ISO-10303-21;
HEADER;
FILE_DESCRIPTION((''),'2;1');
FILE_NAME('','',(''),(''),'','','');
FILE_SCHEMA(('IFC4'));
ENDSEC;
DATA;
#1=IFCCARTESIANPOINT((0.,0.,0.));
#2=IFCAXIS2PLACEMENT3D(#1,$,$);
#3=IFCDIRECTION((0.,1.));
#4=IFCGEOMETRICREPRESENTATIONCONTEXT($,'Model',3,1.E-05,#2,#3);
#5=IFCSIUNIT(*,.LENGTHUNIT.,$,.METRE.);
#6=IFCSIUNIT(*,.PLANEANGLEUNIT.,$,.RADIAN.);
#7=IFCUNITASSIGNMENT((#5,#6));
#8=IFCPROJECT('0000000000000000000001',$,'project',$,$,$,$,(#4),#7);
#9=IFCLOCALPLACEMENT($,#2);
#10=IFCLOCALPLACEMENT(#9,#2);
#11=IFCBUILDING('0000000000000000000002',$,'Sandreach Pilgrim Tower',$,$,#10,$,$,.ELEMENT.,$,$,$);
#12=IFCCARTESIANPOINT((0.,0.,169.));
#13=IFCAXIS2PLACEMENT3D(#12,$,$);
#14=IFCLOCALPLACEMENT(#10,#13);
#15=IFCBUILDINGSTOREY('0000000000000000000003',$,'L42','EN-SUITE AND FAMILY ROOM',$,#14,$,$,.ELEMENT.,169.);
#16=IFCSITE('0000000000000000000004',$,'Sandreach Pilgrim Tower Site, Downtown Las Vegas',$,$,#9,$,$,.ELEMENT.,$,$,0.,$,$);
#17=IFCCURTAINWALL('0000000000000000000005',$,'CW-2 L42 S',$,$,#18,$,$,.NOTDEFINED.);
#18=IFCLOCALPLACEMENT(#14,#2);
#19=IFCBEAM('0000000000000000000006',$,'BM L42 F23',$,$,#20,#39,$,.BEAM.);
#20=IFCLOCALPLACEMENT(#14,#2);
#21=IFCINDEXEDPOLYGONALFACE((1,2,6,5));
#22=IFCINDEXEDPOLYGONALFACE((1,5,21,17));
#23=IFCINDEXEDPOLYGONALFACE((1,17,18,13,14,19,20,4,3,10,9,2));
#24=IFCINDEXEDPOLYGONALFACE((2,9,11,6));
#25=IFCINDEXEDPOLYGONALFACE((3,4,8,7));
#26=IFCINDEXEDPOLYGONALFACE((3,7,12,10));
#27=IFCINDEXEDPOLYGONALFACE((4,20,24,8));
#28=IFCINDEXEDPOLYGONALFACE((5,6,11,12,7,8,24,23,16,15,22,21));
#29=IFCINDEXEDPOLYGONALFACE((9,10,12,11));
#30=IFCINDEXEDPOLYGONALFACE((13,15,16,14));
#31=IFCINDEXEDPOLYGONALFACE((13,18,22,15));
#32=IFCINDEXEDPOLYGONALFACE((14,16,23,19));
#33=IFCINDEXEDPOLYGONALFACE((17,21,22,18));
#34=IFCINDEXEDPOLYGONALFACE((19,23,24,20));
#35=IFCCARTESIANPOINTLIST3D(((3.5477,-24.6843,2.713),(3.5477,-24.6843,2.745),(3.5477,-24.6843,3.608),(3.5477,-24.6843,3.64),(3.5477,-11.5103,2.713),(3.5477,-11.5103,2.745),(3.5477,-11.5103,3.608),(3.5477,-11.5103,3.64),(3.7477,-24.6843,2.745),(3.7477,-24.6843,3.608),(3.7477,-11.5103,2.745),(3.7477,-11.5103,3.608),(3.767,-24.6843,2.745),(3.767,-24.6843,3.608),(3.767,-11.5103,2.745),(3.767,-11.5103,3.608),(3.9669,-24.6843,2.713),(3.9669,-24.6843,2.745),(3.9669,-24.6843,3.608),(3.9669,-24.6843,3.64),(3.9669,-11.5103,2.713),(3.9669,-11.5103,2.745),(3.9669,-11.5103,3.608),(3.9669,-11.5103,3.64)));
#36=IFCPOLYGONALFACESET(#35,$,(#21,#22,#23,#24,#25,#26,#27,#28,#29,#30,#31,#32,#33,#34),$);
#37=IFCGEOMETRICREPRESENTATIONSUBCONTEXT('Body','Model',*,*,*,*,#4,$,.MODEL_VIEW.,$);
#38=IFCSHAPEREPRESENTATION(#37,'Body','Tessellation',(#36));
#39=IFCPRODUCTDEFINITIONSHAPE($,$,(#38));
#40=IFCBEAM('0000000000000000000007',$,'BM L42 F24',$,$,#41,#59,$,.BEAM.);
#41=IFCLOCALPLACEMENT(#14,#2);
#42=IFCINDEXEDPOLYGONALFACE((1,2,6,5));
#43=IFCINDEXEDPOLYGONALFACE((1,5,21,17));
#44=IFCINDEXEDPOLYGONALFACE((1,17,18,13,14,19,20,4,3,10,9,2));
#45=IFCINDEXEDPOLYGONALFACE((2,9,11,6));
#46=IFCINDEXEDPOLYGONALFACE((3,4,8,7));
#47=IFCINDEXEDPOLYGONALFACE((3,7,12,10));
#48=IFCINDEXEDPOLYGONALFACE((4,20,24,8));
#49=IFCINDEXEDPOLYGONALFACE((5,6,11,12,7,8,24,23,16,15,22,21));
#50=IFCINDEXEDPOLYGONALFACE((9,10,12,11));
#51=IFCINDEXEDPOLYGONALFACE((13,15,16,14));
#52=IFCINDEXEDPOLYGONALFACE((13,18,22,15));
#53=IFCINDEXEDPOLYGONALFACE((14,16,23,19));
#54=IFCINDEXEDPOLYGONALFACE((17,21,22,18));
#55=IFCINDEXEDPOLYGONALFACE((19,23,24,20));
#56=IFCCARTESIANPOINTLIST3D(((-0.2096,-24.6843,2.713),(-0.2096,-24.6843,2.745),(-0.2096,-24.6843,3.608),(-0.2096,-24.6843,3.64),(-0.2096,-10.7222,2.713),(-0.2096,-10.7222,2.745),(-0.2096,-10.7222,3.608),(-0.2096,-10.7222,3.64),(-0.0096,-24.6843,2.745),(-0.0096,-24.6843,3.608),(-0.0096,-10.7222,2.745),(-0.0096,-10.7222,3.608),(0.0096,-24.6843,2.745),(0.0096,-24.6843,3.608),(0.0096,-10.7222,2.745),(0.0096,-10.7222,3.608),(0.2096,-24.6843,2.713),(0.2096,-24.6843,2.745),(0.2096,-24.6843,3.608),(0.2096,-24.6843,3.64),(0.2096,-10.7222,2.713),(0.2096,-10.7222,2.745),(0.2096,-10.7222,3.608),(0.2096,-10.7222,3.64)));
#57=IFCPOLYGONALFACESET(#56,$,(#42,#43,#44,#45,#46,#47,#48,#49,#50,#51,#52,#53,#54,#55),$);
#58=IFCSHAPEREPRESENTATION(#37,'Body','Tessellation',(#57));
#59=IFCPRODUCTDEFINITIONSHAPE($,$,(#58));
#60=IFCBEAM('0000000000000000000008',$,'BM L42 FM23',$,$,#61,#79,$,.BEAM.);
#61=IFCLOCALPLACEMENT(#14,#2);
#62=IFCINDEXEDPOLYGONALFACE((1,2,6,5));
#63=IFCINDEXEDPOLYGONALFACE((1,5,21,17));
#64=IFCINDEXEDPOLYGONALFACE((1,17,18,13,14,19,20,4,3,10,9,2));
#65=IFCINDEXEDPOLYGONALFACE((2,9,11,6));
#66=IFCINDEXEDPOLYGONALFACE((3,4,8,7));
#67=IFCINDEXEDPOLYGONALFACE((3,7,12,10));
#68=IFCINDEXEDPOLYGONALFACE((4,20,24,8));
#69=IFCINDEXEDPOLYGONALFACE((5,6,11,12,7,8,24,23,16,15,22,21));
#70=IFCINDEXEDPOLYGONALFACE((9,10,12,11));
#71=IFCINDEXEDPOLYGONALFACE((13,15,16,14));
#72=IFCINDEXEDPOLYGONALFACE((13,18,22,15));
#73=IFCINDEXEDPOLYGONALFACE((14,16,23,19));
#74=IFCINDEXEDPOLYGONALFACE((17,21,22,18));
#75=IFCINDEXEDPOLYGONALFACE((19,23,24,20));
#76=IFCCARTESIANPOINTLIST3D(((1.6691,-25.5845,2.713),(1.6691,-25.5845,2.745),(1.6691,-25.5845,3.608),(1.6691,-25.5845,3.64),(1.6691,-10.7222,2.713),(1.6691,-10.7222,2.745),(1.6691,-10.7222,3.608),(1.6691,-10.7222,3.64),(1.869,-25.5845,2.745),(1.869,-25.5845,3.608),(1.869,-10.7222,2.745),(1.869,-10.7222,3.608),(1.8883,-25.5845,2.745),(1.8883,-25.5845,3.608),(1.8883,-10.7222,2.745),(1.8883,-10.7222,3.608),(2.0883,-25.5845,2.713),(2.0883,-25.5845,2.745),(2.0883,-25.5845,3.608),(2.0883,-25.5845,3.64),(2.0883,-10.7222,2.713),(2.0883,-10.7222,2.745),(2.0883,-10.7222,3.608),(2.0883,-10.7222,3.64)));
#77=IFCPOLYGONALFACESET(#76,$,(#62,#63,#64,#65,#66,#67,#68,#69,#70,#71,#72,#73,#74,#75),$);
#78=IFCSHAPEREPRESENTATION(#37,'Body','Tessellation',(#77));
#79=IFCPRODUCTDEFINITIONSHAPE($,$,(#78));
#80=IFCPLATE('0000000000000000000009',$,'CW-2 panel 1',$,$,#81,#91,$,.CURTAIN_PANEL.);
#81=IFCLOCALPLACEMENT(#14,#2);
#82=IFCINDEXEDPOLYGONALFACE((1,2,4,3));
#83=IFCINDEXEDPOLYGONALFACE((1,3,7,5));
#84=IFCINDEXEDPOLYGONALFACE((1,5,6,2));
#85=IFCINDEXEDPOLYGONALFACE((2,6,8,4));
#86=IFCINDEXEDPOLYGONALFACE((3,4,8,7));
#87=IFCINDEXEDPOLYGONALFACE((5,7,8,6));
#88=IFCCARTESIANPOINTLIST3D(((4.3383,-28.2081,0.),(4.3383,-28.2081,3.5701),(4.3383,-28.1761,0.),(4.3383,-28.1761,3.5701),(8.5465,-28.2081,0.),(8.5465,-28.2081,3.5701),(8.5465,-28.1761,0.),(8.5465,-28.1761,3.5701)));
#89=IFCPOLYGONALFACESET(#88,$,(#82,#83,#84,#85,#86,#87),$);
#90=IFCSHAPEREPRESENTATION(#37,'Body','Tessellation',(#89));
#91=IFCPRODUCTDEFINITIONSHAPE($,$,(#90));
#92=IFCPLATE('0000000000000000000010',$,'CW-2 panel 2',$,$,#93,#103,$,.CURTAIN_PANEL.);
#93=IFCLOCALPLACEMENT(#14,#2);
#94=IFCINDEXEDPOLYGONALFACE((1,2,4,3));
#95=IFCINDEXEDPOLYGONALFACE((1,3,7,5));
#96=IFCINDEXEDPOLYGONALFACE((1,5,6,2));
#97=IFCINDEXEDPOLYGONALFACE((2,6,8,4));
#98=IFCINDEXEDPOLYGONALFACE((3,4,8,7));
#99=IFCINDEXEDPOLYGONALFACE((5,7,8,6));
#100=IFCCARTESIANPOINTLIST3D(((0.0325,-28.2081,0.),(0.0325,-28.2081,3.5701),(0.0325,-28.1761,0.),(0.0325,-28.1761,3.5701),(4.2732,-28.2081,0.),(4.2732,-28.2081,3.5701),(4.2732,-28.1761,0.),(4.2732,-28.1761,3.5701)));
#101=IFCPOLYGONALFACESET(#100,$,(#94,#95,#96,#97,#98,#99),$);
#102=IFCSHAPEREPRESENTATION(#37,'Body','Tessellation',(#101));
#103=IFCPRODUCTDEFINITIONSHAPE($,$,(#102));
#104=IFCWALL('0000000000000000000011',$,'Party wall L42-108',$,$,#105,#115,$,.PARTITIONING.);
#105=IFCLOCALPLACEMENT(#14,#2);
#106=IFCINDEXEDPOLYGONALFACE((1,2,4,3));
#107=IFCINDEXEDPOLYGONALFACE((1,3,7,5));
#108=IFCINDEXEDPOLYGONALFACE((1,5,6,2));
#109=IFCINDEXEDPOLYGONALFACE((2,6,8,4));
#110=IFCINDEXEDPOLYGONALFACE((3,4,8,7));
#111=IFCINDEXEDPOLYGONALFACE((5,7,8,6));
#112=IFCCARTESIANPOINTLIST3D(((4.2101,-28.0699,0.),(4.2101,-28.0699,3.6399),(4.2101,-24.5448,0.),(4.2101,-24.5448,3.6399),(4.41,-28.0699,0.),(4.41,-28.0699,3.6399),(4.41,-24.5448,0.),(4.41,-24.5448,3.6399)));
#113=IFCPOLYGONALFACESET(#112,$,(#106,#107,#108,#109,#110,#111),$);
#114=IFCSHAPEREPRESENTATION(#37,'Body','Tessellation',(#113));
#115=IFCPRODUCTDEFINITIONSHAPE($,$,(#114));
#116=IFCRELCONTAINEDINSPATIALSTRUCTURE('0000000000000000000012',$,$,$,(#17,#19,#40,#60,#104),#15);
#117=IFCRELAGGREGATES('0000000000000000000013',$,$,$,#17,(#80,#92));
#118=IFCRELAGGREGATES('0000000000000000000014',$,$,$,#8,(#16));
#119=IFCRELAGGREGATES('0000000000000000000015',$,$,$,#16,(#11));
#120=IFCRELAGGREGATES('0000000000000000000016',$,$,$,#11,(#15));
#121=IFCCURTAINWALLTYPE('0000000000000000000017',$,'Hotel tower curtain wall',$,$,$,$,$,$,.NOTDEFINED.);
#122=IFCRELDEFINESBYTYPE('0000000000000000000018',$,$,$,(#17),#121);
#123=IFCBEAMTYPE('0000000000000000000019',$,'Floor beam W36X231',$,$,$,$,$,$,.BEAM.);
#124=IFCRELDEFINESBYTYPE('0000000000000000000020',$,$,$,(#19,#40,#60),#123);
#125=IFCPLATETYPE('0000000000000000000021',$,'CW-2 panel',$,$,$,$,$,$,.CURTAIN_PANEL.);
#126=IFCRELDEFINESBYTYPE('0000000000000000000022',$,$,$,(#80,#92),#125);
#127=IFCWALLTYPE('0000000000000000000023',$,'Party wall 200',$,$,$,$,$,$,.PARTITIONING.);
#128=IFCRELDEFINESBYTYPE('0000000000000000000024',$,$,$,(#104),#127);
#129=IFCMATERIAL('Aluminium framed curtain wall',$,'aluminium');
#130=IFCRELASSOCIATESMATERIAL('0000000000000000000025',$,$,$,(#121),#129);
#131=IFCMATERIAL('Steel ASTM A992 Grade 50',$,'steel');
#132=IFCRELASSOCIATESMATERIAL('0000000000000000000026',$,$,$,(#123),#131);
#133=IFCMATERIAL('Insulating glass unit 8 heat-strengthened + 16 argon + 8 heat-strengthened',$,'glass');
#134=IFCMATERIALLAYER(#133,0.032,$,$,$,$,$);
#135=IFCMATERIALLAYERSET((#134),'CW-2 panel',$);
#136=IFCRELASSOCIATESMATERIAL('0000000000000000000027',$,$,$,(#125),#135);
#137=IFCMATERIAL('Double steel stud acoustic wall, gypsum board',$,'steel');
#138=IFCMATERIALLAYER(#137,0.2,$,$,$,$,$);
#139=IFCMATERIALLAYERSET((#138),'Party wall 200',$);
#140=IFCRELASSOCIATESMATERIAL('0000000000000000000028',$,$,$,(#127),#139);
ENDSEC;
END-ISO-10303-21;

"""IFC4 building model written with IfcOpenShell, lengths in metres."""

from ifc_helpers import new_model, si_unit, direction, frame, frame_2d, origin, origin_2d, place, context, subcontext, project, spatial, rectangle, i_section, extrude, material, layer, layer_set, material_profile, profile_set, type_object, element, aggregate, save


model = new_model("IFC4")

# Units and contexts
model_context = context("Model", 3, precision=1e-05, world=origin(), true_north=direction((0.0, 1.0)))
body_context = subcontext(model_context, "Body", "Model", "MODEL_VIEW")
ifc_project = project(units=[si_unit("LENGTHUNIT", "METRE"), si_unit("PLANEANGLEUNIT", "RADIAN")], contexts=[model_context])

# Site, building, storey
site_placement = place(None, origin())
site = spatial("IfcSite", under=ifc_project, at=site_placement, Name="Sandreach Pilgrim Tower Site, Downtown Las Vegas", CompositionType="ELEMENT", RefElevation=0.0)
building_placement = place(site_placement, origin())
building = spatial("IfcBuilding", under=site, at=building_placement, Name="Sandreach Pilgrim Tower", CompositionType="ELEMENT")
storey_placement = place(building_placement, frame((0.0, 0.0, 169.0)))
storey = spatial("IfcBuildingStorey", under=building, at=storey_placement, Name="L42", Description="EN-SUITE AND FAMILY ROOM", CompositionType="ELEMENT", Elevation=169.0)

# Curtain wall
ifc_material_1 = material(Name="Aluminium framed curtain wall", Category="aluminium")
curtain_wall_type = type_object("IfcCurtainWallType", Name="Hotel tower curtain wall", PredefinedType="NOTDEFINED", material=ifc_material_1)
curtain_wall_placement = place(storey_placement, origin())
curtain_wall = element("IfcCurtainWall", 1, at=curtain_wall_placement, inside=storey, type_object=curtain_wall_type, Name="CW-2 L42 S", PredefinedType="NOTDEFINED")

# Beams
ifc_material_2 = material(Name="Steel ASTM A992 Grade 50", Category="steel")
ifc_material_profile_1 = material_profile(ifc_material_2, i_section(OverallWidth=0.4192, OverallDepth=0.927, WebThickness=0.0193, FlangeThickness=0.032, at=origin_2d()), Name="W36X231")
ifc_profile_set_1 = profile_set([ifc_material_profile_1], Name="Steel ASTM A992 Grade 50")
beam_type_1 = type_object("IfcBeamType", Name="Floor beam W36X231", PredefinedType="BEAM", material=ifc_profile_set_1)
beam_1_placement = place(storey_placement, frame((3.7573, -24.6843, 3.1765), z_axis=(0.0, 1.0, 0.0), x_axis=(-1.0, 0.0, 0.0)))
element("IfcBeam", 2, at=beam_1_placement, inside=storey, type_object=beam_type_1, Name="BM L42 F23", PredefinedType="BEAM", context=body_context, shape_type="SweptSolid", body=[
    extrude(i_section(OverallWidth=0.4192, OverallDepth=0.927, WebThickness=0.0193, FlangeThickness=0.032, at=origin_2d()), origin(), (0.0, 0.0, 1.0), 13.1741),
])
beam_2_placement = place(storey_placement, frame((0.0, -24.6843, 3.1765), z_axis=(0.0, 1.0, 0.0), x_axis=(-1.0, 0.0, 0.0)))
element("IfcBeam", 3, at=beam_2_placement, inside=storey, type_object=beam_type_1, Name="BM L42 F24", PredefinedType="BEAM", context=body_context, shape_type="SweptSolid", body=[
    extrude(i_section(OverallWidth=0.4192, OverallDepth=0.927, WebThickness=0.0193, FlangeThickness=0.032, at=origin_2d()), origin(), (0.0, 0.0, 1.0), 13.9622),
])
beam_3_placement = place(storey_placement, frame((1.8787, -25.5845, 3.1765), z_axis=(0.0, 1.0, 0.0), x_axis=(-1.0, 0.0, 0.0)))
element("IfcBeam", 4, at=beam_3_placement, inside=storey, type_object=beam_type_1, Name="BM L42 FM23", PredefinedType="BEAM", context=body_context, shape_type="SweptSolid", body=[
    extrude(i_section(OverallWidth=0.4192, OverallDepth=0.927, WebThickness=0.0193, FlangeThickness=0.032, at=origin_2d()), origin(), (0.0, 0.0, 1.0), 14.8623),
])

# Plates
ifc_material_3 = material(Name="Insulating glass unit 8 heat-strengthened + 16 argon + 8 heat-strengthened", Category="glass")
ifc_layer_1 = layer(ifc_material_3, 0.032)
ifc_layer_set_1 = layer_set([ifc_layer_1], Name="CW-2 panel")
plate_type = type_object("IfcPlateType", Name="CW-2 panel", PredefinedType="CURTAIN_PANEL", material=ifc_layer_set_1)
plate_1_placement = place(storey_placement, frame((6.4424, -28.1921, 0.0), z_axis=(0.0, 0.0, 1.0), x_axis=(-1.0, 0.0, 0.0)))
plate_1 = element("IfcPlate", 5, at=plate_1_placement, type_object=plate_type, Name="CW-2 panel 1", PredefinedType="CURTAIN_PANEL", context=body_context, shape_type="SweptSolid", body=[
    extrude(rectangle(XDim=4.2083, YDim=0.032, at=origin_2d()), origin(), (0.0, 0.0, 1.0), 3.5701),
])
plate_2_placement = place(storey_placement, frame((2.1528, -28.1921, 0.0), z_axis=(0.0, 0.0, 1.0), x_axis=(-1.0, 0.0, 0.0)))
plate_2 = element("IfcPlate", 6, at=plate_2_placement, type_object=plate_type, Name="CW-2 panel 2", PredefinedType="CURTAIN_PANEL", context=body_context, shape_type="SweptSolid", body=[
    extrude(rectangle(XDim=4.2407, YDim=0.032, at=origin_2d()), origin(), (0.0, 0.0, 1.0), 3.5701),
])
aggregate(curtain_wall, [plate_1, plate_2])

# Wall
ifc_material_4 = material(Name="Double steel stud acoustic wall, gypsum board", Category="steel")
ifc_layer_2 = layer(ifc_material_4, 0.2)
ifc_layer_set_2 = layer_set([ifc_layer_2], Name="Party wall 200")
wall_type = type_object("IfcWallType", Name="Party wall 200", PredefinedType="PARTITIONING", material=ifc_layer_set_2)
wall_placement = place(storey_placement, frame((4.3101, -28.0701, 0.0), z_axis=(0.0, 0.0, 1.0), x_axis=(0.0, 1.0, 0.0)))
element("IfcWall", 7, at=wall_placement, inside=storey, type_object=wall_type, Name="Party wall L42-108", PredefinedType="PARTITIONING", context=body_context, shape_type="SweptSolid", body=[
    extrude(rectangle(XDim=3.5251, YDim=0.2, at=frame_2d((1.7627, 0.0))), origin(), (0.0, 0.0, 1.0), 3.6399),
])

save(model, "model.ifc")
